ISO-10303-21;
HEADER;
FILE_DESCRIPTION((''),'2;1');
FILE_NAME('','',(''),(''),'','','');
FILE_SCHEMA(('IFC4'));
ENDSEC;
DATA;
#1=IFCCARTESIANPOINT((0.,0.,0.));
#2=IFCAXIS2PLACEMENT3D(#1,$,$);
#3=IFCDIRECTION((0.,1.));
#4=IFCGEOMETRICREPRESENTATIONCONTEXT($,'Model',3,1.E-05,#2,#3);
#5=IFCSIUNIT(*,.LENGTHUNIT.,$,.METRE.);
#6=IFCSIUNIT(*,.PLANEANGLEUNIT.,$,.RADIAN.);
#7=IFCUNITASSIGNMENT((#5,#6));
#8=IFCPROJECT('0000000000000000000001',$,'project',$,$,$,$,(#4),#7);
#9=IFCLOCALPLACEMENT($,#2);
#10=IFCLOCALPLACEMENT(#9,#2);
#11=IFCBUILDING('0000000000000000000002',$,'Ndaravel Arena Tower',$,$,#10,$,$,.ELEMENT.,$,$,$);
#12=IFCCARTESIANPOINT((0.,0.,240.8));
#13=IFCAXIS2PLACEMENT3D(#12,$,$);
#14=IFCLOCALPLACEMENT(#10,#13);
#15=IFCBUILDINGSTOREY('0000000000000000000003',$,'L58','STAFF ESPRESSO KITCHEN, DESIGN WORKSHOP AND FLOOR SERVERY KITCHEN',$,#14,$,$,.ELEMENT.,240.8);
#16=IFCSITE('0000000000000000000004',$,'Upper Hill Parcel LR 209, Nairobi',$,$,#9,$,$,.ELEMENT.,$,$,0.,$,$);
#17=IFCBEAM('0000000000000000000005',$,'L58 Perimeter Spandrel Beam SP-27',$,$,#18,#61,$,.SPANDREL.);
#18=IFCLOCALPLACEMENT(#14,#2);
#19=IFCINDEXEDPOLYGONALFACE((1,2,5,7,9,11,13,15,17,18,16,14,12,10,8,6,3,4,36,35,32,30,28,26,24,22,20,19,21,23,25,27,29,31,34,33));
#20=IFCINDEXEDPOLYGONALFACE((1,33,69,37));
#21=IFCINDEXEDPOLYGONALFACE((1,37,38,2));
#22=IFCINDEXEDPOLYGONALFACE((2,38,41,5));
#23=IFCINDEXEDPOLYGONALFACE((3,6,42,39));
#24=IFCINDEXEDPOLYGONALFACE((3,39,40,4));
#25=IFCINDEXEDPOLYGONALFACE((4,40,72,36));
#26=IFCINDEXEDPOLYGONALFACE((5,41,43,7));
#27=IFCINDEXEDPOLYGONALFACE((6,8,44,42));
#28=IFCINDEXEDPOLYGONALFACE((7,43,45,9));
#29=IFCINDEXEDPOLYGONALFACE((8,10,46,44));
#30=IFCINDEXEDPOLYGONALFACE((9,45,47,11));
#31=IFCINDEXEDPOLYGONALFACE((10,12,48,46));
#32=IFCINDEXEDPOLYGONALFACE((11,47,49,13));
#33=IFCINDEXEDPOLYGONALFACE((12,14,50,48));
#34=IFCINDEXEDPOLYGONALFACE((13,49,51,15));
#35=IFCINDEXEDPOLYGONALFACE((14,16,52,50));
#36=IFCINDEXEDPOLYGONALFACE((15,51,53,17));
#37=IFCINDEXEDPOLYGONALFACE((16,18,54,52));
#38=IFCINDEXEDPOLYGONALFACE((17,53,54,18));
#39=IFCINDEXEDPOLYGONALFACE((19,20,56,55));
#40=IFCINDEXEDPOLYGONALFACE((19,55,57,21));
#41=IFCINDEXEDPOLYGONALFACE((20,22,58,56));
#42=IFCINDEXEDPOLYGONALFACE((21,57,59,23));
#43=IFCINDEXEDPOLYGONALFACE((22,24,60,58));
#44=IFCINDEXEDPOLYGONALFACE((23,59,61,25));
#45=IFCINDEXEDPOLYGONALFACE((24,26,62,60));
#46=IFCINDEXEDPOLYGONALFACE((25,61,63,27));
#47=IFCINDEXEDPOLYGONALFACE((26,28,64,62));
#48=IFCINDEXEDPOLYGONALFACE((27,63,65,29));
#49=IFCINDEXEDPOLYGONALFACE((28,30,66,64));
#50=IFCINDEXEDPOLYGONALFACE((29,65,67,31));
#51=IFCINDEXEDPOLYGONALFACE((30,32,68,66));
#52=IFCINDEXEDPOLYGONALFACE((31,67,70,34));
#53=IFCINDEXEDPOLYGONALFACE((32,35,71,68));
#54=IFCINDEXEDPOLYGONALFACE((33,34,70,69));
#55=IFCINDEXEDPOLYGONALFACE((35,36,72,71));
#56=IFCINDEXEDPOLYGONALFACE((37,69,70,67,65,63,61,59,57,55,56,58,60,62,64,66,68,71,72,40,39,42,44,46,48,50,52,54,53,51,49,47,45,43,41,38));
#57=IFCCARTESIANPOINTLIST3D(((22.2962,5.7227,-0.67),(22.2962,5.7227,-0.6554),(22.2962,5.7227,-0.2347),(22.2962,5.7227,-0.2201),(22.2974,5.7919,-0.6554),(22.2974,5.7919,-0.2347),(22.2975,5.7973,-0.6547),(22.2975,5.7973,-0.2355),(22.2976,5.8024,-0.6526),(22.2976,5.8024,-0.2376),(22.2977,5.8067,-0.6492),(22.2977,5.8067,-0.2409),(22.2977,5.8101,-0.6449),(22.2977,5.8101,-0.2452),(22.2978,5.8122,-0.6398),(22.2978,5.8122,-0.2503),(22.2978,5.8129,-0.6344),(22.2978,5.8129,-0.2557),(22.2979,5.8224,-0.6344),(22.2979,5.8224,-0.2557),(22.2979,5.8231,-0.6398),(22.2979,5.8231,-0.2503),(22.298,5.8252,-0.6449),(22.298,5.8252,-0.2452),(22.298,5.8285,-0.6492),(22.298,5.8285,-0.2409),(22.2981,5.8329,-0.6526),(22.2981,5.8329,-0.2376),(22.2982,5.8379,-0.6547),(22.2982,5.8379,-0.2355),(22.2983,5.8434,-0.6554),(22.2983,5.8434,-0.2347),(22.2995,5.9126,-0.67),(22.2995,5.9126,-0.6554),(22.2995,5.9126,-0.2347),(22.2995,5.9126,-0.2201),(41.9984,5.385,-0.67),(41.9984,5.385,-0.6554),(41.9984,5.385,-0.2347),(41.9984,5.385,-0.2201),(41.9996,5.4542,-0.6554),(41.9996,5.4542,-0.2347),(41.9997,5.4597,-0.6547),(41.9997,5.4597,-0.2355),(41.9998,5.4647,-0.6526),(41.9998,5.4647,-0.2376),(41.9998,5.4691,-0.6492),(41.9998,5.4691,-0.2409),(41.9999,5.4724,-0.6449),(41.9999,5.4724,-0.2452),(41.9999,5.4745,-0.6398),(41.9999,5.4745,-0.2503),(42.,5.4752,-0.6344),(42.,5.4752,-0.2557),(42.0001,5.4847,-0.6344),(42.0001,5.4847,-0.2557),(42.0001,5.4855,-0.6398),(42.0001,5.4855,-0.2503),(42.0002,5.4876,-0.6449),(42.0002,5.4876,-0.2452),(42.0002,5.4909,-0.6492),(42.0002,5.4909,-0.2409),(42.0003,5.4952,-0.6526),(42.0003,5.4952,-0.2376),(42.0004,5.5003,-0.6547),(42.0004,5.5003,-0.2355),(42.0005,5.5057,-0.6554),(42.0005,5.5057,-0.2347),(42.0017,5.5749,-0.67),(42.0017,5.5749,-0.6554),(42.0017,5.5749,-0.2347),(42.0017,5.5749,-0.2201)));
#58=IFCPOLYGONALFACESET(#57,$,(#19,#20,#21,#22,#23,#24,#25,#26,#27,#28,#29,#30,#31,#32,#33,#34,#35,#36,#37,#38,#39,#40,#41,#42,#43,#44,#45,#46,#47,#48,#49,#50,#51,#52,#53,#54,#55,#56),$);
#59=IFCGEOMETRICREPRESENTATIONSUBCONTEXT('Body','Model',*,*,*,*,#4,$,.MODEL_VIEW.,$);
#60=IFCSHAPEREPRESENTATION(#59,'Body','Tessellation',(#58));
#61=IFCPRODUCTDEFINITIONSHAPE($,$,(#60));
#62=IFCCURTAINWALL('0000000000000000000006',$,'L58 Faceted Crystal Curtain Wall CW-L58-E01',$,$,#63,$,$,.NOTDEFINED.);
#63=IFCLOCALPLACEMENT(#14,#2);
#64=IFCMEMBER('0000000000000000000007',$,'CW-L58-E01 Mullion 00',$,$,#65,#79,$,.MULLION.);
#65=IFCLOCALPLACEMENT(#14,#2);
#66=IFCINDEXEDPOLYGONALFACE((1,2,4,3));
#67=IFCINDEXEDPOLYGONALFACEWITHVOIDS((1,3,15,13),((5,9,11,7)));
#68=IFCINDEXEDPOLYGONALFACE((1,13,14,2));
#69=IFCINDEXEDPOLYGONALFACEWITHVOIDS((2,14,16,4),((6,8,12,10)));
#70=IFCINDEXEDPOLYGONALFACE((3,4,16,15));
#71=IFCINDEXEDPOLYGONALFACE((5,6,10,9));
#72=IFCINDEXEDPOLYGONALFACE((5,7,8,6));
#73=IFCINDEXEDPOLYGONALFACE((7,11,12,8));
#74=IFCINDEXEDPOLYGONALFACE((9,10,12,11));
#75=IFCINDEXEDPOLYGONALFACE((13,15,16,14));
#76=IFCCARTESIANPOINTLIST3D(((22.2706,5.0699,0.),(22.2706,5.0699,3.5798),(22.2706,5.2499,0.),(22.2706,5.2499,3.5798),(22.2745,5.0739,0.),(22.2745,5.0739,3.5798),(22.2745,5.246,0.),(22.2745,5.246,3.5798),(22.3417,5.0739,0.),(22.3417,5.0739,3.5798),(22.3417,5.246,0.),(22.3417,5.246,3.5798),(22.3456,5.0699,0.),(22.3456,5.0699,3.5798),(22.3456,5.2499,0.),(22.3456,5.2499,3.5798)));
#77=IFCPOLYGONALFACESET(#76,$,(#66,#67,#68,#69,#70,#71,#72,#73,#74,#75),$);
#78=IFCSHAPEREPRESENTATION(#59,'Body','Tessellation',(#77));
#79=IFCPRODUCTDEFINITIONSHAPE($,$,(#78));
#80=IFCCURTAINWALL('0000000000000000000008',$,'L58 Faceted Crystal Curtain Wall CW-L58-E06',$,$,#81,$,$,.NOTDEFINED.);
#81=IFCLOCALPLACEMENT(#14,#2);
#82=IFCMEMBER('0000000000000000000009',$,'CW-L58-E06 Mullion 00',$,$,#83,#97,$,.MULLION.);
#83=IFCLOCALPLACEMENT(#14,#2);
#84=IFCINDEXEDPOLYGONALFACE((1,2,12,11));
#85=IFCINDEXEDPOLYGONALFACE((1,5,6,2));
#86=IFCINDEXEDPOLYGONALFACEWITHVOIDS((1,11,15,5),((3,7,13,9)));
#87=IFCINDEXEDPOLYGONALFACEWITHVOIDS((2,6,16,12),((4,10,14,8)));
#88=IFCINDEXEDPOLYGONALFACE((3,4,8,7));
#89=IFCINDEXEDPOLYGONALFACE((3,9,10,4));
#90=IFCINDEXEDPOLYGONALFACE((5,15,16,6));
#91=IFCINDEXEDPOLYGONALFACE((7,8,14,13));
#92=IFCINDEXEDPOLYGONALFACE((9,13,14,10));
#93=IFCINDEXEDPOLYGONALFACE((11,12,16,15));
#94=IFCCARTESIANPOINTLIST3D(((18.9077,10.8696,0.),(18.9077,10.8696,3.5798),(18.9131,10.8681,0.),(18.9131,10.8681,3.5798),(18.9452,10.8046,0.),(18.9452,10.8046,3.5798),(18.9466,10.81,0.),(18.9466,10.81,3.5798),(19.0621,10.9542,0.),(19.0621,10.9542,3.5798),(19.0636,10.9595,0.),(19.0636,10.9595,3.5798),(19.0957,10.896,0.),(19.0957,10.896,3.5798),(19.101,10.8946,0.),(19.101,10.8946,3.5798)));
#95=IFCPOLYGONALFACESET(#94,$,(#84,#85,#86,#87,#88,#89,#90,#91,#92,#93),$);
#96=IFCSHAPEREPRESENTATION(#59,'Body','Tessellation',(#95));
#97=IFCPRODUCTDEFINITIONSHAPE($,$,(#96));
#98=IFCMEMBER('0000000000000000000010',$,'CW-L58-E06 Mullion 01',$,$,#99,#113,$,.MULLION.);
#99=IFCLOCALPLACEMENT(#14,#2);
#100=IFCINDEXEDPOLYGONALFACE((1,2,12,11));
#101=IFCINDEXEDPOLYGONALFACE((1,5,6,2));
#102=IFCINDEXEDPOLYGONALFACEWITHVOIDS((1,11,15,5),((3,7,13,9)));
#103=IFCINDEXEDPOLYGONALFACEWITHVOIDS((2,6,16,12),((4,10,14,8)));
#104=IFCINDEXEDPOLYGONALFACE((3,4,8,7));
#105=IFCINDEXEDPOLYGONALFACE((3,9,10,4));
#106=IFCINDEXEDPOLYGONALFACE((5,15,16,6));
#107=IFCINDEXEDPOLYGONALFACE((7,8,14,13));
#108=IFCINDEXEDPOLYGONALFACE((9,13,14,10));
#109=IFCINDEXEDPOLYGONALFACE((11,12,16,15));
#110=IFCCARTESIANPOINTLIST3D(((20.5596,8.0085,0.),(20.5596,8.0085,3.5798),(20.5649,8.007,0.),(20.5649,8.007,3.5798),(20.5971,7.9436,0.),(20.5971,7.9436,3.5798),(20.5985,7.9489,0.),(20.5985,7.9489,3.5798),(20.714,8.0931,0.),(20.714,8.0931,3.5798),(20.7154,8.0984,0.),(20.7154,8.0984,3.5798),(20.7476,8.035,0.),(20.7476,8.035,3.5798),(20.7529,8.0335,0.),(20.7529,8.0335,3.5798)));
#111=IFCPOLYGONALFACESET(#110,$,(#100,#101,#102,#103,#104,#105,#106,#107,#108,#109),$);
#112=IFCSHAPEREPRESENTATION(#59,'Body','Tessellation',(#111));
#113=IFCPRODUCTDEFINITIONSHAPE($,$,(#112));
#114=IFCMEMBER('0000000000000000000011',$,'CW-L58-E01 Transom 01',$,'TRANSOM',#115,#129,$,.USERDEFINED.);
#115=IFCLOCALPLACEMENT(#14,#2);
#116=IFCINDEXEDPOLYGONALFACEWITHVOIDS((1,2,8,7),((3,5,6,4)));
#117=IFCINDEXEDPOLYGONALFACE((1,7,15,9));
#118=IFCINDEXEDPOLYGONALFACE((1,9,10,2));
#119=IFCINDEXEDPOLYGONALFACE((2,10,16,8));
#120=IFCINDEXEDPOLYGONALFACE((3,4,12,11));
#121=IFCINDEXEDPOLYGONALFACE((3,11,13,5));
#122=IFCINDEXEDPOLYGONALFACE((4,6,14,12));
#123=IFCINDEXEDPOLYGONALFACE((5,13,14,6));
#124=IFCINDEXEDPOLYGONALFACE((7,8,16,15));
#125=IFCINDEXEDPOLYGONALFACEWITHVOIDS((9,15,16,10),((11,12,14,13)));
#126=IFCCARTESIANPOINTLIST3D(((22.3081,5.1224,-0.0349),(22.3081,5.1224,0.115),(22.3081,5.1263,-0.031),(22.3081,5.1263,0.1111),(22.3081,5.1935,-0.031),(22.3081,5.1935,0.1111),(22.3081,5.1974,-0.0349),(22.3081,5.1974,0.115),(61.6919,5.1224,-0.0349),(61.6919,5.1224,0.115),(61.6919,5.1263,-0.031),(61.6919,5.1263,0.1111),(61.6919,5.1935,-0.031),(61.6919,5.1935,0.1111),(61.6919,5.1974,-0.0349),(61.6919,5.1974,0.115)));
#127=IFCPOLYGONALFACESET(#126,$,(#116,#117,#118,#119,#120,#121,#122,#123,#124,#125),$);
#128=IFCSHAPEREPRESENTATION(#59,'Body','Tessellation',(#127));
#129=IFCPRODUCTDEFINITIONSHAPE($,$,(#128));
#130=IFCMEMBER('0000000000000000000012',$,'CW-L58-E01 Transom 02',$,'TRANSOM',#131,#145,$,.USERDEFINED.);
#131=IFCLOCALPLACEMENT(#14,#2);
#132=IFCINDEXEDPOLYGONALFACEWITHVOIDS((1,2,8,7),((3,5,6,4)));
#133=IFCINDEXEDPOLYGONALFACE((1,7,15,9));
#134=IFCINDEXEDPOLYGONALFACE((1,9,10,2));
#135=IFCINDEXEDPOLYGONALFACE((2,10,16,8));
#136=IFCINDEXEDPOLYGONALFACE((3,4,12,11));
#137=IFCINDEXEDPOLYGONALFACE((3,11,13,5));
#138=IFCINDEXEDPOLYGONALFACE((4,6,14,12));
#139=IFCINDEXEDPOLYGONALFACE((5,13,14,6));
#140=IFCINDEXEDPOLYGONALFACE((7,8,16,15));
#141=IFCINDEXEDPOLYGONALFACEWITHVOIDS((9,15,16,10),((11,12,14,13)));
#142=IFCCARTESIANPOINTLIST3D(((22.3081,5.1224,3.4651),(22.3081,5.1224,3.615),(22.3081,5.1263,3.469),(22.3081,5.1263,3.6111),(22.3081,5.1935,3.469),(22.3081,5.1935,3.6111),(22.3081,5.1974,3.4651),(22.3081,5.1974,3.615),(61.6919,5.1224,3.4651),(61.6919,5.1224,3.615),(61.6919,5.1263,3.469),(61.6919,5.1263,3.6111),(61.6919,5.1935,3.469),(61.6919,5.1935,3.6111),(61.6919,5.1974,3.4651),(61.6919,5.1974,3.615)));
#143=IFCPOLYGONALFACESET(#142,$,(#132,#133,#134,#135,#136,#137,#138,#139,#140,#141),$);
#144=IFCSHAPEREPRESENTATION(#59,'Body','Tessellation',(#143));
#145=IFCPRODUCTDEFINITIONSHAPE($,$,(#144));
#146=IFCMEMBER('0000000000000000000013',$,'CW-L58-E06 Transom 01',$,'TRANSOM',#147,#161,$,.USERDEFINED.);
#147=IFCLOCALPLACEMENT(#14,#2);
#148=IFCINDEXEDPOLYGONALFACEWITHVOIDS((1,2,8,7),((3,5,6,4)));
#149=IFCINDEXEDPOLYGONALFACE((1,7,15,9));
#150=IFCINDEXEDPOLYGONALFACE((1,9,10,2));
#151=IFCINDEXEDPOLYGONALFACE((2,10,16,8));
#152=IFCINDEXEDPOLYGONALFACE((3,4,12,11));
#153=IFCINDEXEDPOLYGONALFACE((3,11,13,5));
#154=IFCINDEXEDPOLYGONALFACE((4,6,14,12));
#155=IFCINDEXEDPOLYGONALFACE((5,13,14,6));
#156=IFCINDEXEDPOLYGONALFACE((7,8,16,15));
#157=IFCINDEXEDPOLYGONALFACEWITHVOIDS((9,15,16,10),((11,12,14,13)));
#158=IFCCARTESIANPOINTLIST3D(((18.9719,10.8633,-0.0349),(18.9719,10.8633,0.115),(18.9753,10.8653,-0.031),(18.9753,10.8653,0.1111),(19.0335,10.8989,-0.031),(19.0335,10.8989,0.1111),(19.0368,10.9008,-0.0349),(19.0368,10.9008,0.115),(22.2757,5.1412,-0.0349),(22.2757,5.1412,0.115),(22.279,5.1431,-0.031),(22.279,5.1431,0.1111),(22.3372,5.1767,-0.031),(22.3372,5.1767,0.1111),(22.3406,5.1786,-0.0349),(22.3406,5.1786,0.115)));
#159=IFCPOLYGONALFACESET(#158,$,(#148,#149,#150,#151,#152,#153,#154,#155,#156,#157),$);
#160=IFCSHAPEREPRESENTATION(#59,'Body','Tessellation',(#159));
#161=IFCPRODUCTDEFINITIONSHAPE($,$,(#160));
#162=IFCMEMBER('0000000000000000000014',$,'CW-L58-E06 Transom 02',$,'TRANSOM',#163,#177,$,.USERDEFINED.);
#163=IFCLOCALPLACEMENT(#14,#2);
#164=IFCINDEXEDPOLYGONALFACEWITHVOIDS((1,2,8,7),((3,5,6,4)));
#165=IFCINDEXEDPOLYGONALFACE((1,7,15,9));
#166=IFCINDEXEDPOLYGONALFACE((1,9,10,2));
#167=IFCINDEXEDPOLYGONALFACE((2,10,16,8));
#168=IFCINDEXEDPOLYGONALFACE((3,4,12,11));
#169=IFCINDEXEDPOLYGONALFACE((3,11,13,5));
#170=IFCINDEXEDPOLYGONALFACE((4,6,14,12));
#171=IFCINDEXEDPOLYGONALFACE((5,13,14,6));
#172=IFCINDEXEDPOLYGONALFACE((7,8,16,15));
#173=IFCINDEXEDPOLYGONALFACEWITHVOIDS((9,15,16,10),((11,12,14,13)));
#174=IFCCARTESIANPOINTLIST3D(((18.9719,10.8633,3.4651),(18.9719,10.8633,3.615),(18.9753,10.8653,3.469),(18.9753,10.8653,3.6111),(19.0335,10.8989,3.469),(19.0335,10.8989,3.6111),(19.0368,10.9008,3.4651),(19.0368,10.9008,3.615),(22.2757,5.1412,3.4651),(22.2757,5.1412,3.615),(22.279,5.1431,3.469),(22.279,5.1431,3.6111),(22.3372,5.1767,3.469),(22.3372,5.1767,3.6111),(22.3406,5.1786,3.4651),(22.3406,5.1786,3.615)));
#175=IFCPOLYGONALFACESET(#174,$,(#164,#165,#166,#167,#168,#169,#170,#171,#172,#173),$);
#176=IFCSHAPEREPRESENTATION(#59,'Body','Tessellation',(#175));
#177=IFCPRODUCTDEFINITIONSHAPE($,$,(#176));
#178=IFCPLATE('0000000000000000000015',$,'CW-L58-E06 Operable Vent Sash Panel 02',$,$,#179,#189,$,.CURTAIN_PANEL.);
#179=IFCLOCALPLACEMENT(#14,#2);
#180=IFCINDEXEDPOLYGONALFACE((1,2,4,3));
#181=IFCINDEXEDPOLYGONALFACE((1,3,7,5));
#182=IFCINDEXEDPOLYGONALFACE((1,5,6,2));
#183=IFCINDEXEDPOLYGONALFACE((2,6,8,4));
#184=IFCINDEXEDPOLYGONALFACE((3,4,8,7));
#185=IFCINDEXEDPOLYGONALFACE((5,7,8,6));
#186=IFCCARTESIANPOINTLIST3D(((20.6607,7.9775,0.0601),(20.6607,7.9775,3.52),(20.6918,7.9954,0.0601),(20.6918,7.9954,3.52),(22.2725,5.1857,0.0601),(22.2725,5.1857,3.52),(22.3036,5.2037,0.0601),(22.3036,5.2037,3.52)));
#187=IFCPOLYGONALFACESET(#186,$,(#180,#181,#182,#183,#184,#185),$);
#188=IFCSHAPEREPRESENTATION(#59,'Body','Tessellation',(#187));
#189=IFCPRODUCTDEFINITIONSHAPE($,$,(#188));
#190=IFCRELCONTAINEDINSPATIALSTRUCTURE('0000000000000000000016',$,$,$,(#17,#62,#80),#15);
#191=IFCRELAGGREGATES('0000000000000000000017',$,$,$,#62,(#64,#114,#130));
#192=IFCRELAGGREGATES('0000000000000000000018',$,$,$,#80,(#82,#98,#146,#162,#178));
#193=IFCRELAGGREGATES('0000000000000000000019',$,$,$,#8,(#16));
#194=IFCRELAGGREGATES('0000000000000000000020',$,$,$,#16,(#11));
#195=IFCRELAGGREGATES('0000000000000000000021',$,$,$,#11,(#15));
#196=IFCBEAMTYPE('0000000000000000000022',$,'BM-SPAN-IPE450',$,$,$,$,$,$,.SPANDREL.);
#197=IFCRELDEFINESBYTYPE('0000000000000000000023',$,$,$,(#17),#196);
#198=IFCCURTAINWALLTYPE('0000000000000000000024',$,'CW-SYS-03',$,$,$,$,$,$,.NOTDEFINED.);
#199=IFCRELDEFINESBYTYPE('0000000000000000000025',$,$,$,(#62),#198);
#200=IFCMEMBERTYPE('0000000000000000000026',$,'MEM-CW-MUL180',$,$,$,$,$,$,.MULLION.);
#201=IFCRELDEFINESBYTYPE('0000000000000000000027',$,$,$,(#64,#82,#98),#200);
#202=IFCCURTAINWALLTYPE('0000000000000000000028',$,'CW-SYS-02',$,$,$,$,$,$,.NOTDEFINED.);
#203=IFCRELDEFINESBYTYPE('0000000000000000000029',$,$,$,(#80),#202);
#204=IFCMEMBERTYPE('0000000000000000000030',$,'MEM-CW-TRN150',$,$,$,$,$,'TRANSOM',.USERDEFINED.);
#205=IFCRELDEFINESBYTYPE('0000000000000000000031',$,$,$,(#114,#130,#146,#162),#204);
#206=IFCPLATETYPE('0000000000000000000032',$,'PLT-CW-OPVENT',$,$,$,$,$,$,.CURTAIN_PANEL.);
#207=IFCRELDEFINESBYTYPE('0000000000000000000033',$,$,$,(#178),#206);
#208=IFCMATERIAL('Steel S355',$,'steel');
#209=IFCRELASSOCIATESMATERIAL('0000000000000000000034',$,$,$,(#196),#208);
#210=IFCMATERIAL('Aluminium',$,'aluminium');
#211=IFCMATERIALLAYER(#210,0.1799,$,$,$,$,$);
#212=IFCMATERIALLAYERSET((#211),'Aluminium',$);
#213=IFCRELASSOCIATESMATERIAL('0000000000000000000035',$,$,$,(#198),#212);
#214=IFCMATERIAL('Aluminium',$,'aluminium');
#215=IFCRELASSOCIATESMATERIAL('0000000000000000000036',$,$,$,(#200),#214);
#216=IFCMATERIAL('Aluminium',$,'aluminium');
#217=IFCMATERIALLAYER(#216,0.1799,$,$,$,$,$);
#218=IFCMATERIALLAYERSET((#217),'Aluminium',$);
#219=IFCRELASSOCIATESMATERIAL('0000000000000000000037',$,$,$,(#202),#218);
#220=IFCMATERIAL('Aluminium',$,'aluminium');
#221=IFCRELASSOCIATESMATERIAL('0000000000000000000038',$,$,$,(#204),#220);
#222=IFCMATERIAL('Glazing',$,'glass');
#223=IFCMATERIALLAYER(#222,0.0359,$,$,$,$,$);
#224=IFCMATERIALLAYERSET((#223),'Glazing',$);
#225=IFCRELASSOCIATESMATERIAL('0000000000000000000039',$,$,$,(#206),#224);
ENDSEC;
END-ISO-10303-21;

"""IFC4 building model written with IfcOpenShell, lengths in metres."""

from ifc_helpers import new_model, si_unit, direction, frame, origin, origin_2d, place, context, subcontext, project, spatial, rectangle, hollow_rectangle, i_section, extrude, material, layer, layer_set, material_profile, profile_set, type_object, element, aggregate, save


model = new_model("IFC4")

# Units and contexts
model_context = context("Model", 3, precision=1e-05, world=origin(), true_north=direction((0.0, 1.0)))
body_context = subcontext(model_context, "Body", "Model", "MODEL_VIEW")
ifc_project = project(units=[si_unit("LENGTHUNIT", "METRE"), si_unit("PLANEANGLEUNIT", "RADIAN")], contexts=[model_context])

# Site, building, storey
site_placement = place(None, origin())
site = spatial("IfcSite", under=ifc_project, at=site_placement, Name="Upper Hill Parcel LR 209, Nairobi", CompositionType="ELEMENT", RefElevation=0.0)
building_placement = place(site_placement, origin())
building = spatial("IfcBuilding", under=site, at=building_placement, Name="Ndaravel Arena Tower", CompositionType="ELEMENT")
storey_placement = place(building_placement, frame((0.0, 0.0, 240.8)))
storey = spatial("IfcBuildingStorey", under=building, at=storey_placement, Name="L58", Description="STAFF ESPRESSO KITCHEN, DESIGN WORKSHOP AND FLOOR SERVERY KITCHEN", CompositionType="ELEMENT", Elevation=240.8)

# Beam
ifc_material_1 = material(Name="Steel S355", Category="steel")
ifc_material_profile_1 = material_profile(ifc_material_1, i_section(OverallWidth=0.1899, OverallDepth=0.45, WebThickness=0.0095, FlangeThickness=0.0146, FilletRadius=0.021, at=origin_2d()), Name="IPE 450")
ifc_profile_set_1 = profile_set([ifc_material_profile_1], Name="Steel S355")
beam_type = type_object("IfcBeamType", Name="BM-SPAN-IPE450", PredefinedType="SPANDREL", material=ifc_profile_set_1)
beam_placement = place(storey_placement, frame((22.2979, 5.8176, -0.4451), z_axis=(0.999853, -0.017135, 0.0), x_axis=(0.017135, 0.999853, 0.0)))
element("IfcBeam", 1, at=beam_placement, inside=storey, type_object=beam_type, Name="L58 Perimeter Spandrel Beam SP-27", PredefinedType="SPANDREL", context=body_context, shape_type="SweptSolid", body=[
    extrude(i_section(OverallWidth=0.1899, OverallDepth=0.45, WebThickness=0.0095, FlangeThickness=0.0146, FilletRadius=0.021, at=origin_2d()), origin(), (0.0, 0.0, 1.0), 19.7051),
])

# Curtain wall, member
ifc_material_2 = material(Name="Aluminium", Category="aluminium")
ifc_layer_1 = layer(ifc_material_2, 0.1799)
ifc_layer_set_1 = layer_set([ifc_layer_1], Name="Aluminium")
curtain_wall_type_1 = type_object("IfcCurtainWallType", Name="CW-SYS-03", PredefinedType="NOTDEFINED", material=ifc_layer_set_1)
curtain_wall_1_placement = place(storey_placement, origin())
curtain_wall_1 = element("IfcCurtainWall", 2, at=curtain_wall_1_placement, inside=storey, type_object=curtain_wall_type_1, Name="L58 Faceted Crystal Curtain Wall CW-L58-E01", PredefinedType="NOTDEFINED")
ifc_material_3 = material(Name="Aluminium", Category="aluminium")
ifc_material_profile_2 = material_profile(ifc_material_3, hollow_rectangle(XDim=0.075, YDim=0.1799, WallThickness=0.0039, at=origin_2d()), Name="CW MULLION 75x180x4")
ifc_profile_set_2 = profile_set([ifc_material_profile_2], Name="Aluminium")
member_type_1 = type_object("IfcMemberType", Name="MEM-CW-MUL180", PredefinedType="MULLION", material=ifc_profile_set_2)
member_1_placement = place(storey_placement, frame((22.3081, 5.1599, 0.0), z_axis=(0.0, 0.0, 1.0), x_axis=(1.0, 0.0, 0.0)))
member_1 = element("IfcMember", 3, at=member_1_placement, type_object=member_type_1, Name="CW-L58-E01 Mullion 00", PredefinedType="MULLION", context=body_context, shape_type="SweptSolid", body=[
    extrude(hollow_rectangle(XDim=0.075, YDim=0.1799, WallThickness=0.0039, at=origin_2d()), origin(), (0.0, 0.0, 1.0), 3.5798),
])

# Curtain wall, members
ifc_material_4 = material(Name="Aluminium", Category="aluminium")
ifc_layer_2 = layer(ifc_material_4, 0.1799)
ifc_layer_set_2 = layer_set([ifc_layer_2], Name="Aluminium")
curtain_wall_type_2 = type_object("IfcCurtainWallType", Name="CW-SYS-02", PredefinedType="NOTDEFINED", material=ifc_layer_set_2)
curtain_wall_2_placement = place(storey_placement, origin())
curtain_wall_2 = element("IfcCurtainWall", 4, at=curtain_wall_2_placement, inside=storey, type_object=curtain_wall_type_2, Name="L58 Faceted Crystal Curtain Wall CW-L58-E06", PredefinedType="NOTDEFINED")
member_2_placement = place(storey_placement, frame((19.0044, 10.8821, 0.0), z_axis=(0.0, 0.0, 1.0), x_axis=(0.5, -0.866025, 0.0)))
member_2 = element("IfcMember", 5, at=member_2_placement, type_object=member_type_1, Name="CW-L58-E06 Mullion 00", PredefinedType="MULLION", context=body_context, shape_type="SweptSolid", body=[
    extrude(hollow_rectangle(XDim=0.075, YDim=0.1799, WallThickness=0.0039, at=origin_2d()), origin(), (0.0, 0.0, 1.0), 3.5798),
])
member_3_placement = place(storey_placement, frame((20.6562, 8.021, 0.0), z_axis=(0.0, 0.0, 1.0), x_axis=(0.5, -0.866025, 0.0)))
member_3 = element("IfcMember", 6, at=member_3_placement, type_object=member_type_1, Name="CW-L58-E06 Mullion 01", PredefinedType="MULLION", context=body_context, shape_type="SweptSolid", body=[
    extrude(hollow_rectangle(XDim=0.075, YDim=0.1799, WallThickness=0.0039, at=origin_2d()), origin(), (0.0, 0.0, 1.0), 3.5798),
])

# Members
ifc_material_5 = material(Name="Aluminium", Category="aluminium")
ifc_material_profile_3 = material_profile(ifc_material_5, hollow_rectangle(XDim=0.075, YDim=0.1499, WallThickness=0.0039, at=origin_2d()), Name="CW TRANSOM 75x150x4")
ifc_profile_set_3 = profile_set([ifc_material_profile_3], Name="Aluminium")
member_type_2 = type_object("IfcMemberType", Name="MEM-CW-TRN150", ElementType="TRANSOM", PredefinedType="USERDEFINED", material=ifc_profile_set_3)
member_4_placement = place(storey_placement, frame((22.3081, 5.1599, 0.04), z_axis=(1.0, 0.0, 0.0), x_axis=(0.0, 1.0, 0.0)))
member_4 = element("IfcMember", 7, at=member_4_placement, type_object=member_type_2, Name="CW-L58-E01 Transom 01", ObjectType="TRANSOM", PredefinedType="USERDEFINED", context=body_context, shape_type="SweptSolid", body=[
    extrude(hollow_rectangle(XDim=0.075, YDim=0.1499, WallThickness=0.0039, at=origin_2d()), origin(), (0.0, 0.0, 1.0), 39.3838),
])
member_5_placement = place(storey_placement, frame((22.3081, 5.1599, 3.54), z_axis=(1.0, 0.0, 0.0), x_axis=(0.0, 1.0, 0.0)))
member_5 = element("IfcMember", 8, at=member_5_placement, type_object=member_type_2, Name="CW-L58-E01 Transom 02", ObjectType="TRANSOM", PredefinedType="USERDEFINED", context=body_context, shape_type="SweptSolid", body=[
    extrude(hollow_rectangle(XDim=0.075, YDim=0.1499, WallThickness=0.0039, at=origin_2d()), origin(), (0.0, 0.0, 1.0), 39.3838),
])
aggregate(curtain_wall_1, [member_1, member_4, member_5])
member_6_placement = place(storey_placement, frame((19.0044, 10.8821, 0.04), z_axis=(0.500002, -0.866024, 0.0), x_axis=(0.866024, 0.500002, 0.0)))
member_6 = element("IfcMember", 9, at=member_6_placement, type_object=member_type_2, Name="CW-L58-E06 Transom 01", ObjectType="TRANSOM", PredefinedType="USERDEFINED", context=body_context, shape_type="SweptSolid", body=[
    extrude(hollow_rectangle(XDim=0.075, YDim=0.1499, WallThickness=0.0039, at=origin_2d()), origin(), (0.0, 0.0, 1.0), 6.6074),
])
member_7_placement = place(storey_placement, frame((19.0044, 10.8821, 3.54), z_axis=(0.500002, -0.866024, 0.0), x_axis=(0.866024, 0.500002, 0.0)))
member_7 = element("IfcMember", 10, at=member_7_placement, type_object=member_type_2, Name="CW-L58-E06 Transom 02", ObjectType="TRANSOM", PredefinedType="USERDEFINED", context=body_context, shape_type="SweptSolid", body=[
    extrude(hollow_rectangle(XDim=0.075, YDim=0.1499, WallThickness=0.0039, at=origin_2d()), origin(), (0.0, 0.0, 1.0), 6.6074),
])

# Plate
ifc_material_6 = material(Name="Glazing", Category="glass")
ifc_layer_3 = layer(ifc_material_6, 0.0359)
ifc_layer_set_3 = layer_set([ifc_layer_3], Name="Glazing")
plate_type_1 = type_object("IfcPlateType", Name="PLT-CW-OPVENT", PredefinedType="CURTAIN_PANEL", material=ifc_layer_set_3)
plate_1_placement = place(storey_placement, frame((21.4822, 6.5906, 0.0601), z_axis=(0.0, 0.0, 1.0), x_axis=(0.5, -0.866025, 0.0)))
plate_1 = element("IfcPlate", 11, at=plate_1_placement, type_object=plate_type_1, Name="CW-L58-E06 Operable Vent Sash Panel 02", PredefinedType="CURTAIN_PANEL", context=body_context, shape_type="SweptSolid", body=[
    extrude(rectangle(XDim=3.2236, YDim=0.0359, at=origin_2d()), origin(), (0.0, 0.0, 1.0), 3.46),
])
aggregate(curtain_wall_2, [member_2, member_3, member_6, member_7, plate_1])

save(model, "model.ifc")
